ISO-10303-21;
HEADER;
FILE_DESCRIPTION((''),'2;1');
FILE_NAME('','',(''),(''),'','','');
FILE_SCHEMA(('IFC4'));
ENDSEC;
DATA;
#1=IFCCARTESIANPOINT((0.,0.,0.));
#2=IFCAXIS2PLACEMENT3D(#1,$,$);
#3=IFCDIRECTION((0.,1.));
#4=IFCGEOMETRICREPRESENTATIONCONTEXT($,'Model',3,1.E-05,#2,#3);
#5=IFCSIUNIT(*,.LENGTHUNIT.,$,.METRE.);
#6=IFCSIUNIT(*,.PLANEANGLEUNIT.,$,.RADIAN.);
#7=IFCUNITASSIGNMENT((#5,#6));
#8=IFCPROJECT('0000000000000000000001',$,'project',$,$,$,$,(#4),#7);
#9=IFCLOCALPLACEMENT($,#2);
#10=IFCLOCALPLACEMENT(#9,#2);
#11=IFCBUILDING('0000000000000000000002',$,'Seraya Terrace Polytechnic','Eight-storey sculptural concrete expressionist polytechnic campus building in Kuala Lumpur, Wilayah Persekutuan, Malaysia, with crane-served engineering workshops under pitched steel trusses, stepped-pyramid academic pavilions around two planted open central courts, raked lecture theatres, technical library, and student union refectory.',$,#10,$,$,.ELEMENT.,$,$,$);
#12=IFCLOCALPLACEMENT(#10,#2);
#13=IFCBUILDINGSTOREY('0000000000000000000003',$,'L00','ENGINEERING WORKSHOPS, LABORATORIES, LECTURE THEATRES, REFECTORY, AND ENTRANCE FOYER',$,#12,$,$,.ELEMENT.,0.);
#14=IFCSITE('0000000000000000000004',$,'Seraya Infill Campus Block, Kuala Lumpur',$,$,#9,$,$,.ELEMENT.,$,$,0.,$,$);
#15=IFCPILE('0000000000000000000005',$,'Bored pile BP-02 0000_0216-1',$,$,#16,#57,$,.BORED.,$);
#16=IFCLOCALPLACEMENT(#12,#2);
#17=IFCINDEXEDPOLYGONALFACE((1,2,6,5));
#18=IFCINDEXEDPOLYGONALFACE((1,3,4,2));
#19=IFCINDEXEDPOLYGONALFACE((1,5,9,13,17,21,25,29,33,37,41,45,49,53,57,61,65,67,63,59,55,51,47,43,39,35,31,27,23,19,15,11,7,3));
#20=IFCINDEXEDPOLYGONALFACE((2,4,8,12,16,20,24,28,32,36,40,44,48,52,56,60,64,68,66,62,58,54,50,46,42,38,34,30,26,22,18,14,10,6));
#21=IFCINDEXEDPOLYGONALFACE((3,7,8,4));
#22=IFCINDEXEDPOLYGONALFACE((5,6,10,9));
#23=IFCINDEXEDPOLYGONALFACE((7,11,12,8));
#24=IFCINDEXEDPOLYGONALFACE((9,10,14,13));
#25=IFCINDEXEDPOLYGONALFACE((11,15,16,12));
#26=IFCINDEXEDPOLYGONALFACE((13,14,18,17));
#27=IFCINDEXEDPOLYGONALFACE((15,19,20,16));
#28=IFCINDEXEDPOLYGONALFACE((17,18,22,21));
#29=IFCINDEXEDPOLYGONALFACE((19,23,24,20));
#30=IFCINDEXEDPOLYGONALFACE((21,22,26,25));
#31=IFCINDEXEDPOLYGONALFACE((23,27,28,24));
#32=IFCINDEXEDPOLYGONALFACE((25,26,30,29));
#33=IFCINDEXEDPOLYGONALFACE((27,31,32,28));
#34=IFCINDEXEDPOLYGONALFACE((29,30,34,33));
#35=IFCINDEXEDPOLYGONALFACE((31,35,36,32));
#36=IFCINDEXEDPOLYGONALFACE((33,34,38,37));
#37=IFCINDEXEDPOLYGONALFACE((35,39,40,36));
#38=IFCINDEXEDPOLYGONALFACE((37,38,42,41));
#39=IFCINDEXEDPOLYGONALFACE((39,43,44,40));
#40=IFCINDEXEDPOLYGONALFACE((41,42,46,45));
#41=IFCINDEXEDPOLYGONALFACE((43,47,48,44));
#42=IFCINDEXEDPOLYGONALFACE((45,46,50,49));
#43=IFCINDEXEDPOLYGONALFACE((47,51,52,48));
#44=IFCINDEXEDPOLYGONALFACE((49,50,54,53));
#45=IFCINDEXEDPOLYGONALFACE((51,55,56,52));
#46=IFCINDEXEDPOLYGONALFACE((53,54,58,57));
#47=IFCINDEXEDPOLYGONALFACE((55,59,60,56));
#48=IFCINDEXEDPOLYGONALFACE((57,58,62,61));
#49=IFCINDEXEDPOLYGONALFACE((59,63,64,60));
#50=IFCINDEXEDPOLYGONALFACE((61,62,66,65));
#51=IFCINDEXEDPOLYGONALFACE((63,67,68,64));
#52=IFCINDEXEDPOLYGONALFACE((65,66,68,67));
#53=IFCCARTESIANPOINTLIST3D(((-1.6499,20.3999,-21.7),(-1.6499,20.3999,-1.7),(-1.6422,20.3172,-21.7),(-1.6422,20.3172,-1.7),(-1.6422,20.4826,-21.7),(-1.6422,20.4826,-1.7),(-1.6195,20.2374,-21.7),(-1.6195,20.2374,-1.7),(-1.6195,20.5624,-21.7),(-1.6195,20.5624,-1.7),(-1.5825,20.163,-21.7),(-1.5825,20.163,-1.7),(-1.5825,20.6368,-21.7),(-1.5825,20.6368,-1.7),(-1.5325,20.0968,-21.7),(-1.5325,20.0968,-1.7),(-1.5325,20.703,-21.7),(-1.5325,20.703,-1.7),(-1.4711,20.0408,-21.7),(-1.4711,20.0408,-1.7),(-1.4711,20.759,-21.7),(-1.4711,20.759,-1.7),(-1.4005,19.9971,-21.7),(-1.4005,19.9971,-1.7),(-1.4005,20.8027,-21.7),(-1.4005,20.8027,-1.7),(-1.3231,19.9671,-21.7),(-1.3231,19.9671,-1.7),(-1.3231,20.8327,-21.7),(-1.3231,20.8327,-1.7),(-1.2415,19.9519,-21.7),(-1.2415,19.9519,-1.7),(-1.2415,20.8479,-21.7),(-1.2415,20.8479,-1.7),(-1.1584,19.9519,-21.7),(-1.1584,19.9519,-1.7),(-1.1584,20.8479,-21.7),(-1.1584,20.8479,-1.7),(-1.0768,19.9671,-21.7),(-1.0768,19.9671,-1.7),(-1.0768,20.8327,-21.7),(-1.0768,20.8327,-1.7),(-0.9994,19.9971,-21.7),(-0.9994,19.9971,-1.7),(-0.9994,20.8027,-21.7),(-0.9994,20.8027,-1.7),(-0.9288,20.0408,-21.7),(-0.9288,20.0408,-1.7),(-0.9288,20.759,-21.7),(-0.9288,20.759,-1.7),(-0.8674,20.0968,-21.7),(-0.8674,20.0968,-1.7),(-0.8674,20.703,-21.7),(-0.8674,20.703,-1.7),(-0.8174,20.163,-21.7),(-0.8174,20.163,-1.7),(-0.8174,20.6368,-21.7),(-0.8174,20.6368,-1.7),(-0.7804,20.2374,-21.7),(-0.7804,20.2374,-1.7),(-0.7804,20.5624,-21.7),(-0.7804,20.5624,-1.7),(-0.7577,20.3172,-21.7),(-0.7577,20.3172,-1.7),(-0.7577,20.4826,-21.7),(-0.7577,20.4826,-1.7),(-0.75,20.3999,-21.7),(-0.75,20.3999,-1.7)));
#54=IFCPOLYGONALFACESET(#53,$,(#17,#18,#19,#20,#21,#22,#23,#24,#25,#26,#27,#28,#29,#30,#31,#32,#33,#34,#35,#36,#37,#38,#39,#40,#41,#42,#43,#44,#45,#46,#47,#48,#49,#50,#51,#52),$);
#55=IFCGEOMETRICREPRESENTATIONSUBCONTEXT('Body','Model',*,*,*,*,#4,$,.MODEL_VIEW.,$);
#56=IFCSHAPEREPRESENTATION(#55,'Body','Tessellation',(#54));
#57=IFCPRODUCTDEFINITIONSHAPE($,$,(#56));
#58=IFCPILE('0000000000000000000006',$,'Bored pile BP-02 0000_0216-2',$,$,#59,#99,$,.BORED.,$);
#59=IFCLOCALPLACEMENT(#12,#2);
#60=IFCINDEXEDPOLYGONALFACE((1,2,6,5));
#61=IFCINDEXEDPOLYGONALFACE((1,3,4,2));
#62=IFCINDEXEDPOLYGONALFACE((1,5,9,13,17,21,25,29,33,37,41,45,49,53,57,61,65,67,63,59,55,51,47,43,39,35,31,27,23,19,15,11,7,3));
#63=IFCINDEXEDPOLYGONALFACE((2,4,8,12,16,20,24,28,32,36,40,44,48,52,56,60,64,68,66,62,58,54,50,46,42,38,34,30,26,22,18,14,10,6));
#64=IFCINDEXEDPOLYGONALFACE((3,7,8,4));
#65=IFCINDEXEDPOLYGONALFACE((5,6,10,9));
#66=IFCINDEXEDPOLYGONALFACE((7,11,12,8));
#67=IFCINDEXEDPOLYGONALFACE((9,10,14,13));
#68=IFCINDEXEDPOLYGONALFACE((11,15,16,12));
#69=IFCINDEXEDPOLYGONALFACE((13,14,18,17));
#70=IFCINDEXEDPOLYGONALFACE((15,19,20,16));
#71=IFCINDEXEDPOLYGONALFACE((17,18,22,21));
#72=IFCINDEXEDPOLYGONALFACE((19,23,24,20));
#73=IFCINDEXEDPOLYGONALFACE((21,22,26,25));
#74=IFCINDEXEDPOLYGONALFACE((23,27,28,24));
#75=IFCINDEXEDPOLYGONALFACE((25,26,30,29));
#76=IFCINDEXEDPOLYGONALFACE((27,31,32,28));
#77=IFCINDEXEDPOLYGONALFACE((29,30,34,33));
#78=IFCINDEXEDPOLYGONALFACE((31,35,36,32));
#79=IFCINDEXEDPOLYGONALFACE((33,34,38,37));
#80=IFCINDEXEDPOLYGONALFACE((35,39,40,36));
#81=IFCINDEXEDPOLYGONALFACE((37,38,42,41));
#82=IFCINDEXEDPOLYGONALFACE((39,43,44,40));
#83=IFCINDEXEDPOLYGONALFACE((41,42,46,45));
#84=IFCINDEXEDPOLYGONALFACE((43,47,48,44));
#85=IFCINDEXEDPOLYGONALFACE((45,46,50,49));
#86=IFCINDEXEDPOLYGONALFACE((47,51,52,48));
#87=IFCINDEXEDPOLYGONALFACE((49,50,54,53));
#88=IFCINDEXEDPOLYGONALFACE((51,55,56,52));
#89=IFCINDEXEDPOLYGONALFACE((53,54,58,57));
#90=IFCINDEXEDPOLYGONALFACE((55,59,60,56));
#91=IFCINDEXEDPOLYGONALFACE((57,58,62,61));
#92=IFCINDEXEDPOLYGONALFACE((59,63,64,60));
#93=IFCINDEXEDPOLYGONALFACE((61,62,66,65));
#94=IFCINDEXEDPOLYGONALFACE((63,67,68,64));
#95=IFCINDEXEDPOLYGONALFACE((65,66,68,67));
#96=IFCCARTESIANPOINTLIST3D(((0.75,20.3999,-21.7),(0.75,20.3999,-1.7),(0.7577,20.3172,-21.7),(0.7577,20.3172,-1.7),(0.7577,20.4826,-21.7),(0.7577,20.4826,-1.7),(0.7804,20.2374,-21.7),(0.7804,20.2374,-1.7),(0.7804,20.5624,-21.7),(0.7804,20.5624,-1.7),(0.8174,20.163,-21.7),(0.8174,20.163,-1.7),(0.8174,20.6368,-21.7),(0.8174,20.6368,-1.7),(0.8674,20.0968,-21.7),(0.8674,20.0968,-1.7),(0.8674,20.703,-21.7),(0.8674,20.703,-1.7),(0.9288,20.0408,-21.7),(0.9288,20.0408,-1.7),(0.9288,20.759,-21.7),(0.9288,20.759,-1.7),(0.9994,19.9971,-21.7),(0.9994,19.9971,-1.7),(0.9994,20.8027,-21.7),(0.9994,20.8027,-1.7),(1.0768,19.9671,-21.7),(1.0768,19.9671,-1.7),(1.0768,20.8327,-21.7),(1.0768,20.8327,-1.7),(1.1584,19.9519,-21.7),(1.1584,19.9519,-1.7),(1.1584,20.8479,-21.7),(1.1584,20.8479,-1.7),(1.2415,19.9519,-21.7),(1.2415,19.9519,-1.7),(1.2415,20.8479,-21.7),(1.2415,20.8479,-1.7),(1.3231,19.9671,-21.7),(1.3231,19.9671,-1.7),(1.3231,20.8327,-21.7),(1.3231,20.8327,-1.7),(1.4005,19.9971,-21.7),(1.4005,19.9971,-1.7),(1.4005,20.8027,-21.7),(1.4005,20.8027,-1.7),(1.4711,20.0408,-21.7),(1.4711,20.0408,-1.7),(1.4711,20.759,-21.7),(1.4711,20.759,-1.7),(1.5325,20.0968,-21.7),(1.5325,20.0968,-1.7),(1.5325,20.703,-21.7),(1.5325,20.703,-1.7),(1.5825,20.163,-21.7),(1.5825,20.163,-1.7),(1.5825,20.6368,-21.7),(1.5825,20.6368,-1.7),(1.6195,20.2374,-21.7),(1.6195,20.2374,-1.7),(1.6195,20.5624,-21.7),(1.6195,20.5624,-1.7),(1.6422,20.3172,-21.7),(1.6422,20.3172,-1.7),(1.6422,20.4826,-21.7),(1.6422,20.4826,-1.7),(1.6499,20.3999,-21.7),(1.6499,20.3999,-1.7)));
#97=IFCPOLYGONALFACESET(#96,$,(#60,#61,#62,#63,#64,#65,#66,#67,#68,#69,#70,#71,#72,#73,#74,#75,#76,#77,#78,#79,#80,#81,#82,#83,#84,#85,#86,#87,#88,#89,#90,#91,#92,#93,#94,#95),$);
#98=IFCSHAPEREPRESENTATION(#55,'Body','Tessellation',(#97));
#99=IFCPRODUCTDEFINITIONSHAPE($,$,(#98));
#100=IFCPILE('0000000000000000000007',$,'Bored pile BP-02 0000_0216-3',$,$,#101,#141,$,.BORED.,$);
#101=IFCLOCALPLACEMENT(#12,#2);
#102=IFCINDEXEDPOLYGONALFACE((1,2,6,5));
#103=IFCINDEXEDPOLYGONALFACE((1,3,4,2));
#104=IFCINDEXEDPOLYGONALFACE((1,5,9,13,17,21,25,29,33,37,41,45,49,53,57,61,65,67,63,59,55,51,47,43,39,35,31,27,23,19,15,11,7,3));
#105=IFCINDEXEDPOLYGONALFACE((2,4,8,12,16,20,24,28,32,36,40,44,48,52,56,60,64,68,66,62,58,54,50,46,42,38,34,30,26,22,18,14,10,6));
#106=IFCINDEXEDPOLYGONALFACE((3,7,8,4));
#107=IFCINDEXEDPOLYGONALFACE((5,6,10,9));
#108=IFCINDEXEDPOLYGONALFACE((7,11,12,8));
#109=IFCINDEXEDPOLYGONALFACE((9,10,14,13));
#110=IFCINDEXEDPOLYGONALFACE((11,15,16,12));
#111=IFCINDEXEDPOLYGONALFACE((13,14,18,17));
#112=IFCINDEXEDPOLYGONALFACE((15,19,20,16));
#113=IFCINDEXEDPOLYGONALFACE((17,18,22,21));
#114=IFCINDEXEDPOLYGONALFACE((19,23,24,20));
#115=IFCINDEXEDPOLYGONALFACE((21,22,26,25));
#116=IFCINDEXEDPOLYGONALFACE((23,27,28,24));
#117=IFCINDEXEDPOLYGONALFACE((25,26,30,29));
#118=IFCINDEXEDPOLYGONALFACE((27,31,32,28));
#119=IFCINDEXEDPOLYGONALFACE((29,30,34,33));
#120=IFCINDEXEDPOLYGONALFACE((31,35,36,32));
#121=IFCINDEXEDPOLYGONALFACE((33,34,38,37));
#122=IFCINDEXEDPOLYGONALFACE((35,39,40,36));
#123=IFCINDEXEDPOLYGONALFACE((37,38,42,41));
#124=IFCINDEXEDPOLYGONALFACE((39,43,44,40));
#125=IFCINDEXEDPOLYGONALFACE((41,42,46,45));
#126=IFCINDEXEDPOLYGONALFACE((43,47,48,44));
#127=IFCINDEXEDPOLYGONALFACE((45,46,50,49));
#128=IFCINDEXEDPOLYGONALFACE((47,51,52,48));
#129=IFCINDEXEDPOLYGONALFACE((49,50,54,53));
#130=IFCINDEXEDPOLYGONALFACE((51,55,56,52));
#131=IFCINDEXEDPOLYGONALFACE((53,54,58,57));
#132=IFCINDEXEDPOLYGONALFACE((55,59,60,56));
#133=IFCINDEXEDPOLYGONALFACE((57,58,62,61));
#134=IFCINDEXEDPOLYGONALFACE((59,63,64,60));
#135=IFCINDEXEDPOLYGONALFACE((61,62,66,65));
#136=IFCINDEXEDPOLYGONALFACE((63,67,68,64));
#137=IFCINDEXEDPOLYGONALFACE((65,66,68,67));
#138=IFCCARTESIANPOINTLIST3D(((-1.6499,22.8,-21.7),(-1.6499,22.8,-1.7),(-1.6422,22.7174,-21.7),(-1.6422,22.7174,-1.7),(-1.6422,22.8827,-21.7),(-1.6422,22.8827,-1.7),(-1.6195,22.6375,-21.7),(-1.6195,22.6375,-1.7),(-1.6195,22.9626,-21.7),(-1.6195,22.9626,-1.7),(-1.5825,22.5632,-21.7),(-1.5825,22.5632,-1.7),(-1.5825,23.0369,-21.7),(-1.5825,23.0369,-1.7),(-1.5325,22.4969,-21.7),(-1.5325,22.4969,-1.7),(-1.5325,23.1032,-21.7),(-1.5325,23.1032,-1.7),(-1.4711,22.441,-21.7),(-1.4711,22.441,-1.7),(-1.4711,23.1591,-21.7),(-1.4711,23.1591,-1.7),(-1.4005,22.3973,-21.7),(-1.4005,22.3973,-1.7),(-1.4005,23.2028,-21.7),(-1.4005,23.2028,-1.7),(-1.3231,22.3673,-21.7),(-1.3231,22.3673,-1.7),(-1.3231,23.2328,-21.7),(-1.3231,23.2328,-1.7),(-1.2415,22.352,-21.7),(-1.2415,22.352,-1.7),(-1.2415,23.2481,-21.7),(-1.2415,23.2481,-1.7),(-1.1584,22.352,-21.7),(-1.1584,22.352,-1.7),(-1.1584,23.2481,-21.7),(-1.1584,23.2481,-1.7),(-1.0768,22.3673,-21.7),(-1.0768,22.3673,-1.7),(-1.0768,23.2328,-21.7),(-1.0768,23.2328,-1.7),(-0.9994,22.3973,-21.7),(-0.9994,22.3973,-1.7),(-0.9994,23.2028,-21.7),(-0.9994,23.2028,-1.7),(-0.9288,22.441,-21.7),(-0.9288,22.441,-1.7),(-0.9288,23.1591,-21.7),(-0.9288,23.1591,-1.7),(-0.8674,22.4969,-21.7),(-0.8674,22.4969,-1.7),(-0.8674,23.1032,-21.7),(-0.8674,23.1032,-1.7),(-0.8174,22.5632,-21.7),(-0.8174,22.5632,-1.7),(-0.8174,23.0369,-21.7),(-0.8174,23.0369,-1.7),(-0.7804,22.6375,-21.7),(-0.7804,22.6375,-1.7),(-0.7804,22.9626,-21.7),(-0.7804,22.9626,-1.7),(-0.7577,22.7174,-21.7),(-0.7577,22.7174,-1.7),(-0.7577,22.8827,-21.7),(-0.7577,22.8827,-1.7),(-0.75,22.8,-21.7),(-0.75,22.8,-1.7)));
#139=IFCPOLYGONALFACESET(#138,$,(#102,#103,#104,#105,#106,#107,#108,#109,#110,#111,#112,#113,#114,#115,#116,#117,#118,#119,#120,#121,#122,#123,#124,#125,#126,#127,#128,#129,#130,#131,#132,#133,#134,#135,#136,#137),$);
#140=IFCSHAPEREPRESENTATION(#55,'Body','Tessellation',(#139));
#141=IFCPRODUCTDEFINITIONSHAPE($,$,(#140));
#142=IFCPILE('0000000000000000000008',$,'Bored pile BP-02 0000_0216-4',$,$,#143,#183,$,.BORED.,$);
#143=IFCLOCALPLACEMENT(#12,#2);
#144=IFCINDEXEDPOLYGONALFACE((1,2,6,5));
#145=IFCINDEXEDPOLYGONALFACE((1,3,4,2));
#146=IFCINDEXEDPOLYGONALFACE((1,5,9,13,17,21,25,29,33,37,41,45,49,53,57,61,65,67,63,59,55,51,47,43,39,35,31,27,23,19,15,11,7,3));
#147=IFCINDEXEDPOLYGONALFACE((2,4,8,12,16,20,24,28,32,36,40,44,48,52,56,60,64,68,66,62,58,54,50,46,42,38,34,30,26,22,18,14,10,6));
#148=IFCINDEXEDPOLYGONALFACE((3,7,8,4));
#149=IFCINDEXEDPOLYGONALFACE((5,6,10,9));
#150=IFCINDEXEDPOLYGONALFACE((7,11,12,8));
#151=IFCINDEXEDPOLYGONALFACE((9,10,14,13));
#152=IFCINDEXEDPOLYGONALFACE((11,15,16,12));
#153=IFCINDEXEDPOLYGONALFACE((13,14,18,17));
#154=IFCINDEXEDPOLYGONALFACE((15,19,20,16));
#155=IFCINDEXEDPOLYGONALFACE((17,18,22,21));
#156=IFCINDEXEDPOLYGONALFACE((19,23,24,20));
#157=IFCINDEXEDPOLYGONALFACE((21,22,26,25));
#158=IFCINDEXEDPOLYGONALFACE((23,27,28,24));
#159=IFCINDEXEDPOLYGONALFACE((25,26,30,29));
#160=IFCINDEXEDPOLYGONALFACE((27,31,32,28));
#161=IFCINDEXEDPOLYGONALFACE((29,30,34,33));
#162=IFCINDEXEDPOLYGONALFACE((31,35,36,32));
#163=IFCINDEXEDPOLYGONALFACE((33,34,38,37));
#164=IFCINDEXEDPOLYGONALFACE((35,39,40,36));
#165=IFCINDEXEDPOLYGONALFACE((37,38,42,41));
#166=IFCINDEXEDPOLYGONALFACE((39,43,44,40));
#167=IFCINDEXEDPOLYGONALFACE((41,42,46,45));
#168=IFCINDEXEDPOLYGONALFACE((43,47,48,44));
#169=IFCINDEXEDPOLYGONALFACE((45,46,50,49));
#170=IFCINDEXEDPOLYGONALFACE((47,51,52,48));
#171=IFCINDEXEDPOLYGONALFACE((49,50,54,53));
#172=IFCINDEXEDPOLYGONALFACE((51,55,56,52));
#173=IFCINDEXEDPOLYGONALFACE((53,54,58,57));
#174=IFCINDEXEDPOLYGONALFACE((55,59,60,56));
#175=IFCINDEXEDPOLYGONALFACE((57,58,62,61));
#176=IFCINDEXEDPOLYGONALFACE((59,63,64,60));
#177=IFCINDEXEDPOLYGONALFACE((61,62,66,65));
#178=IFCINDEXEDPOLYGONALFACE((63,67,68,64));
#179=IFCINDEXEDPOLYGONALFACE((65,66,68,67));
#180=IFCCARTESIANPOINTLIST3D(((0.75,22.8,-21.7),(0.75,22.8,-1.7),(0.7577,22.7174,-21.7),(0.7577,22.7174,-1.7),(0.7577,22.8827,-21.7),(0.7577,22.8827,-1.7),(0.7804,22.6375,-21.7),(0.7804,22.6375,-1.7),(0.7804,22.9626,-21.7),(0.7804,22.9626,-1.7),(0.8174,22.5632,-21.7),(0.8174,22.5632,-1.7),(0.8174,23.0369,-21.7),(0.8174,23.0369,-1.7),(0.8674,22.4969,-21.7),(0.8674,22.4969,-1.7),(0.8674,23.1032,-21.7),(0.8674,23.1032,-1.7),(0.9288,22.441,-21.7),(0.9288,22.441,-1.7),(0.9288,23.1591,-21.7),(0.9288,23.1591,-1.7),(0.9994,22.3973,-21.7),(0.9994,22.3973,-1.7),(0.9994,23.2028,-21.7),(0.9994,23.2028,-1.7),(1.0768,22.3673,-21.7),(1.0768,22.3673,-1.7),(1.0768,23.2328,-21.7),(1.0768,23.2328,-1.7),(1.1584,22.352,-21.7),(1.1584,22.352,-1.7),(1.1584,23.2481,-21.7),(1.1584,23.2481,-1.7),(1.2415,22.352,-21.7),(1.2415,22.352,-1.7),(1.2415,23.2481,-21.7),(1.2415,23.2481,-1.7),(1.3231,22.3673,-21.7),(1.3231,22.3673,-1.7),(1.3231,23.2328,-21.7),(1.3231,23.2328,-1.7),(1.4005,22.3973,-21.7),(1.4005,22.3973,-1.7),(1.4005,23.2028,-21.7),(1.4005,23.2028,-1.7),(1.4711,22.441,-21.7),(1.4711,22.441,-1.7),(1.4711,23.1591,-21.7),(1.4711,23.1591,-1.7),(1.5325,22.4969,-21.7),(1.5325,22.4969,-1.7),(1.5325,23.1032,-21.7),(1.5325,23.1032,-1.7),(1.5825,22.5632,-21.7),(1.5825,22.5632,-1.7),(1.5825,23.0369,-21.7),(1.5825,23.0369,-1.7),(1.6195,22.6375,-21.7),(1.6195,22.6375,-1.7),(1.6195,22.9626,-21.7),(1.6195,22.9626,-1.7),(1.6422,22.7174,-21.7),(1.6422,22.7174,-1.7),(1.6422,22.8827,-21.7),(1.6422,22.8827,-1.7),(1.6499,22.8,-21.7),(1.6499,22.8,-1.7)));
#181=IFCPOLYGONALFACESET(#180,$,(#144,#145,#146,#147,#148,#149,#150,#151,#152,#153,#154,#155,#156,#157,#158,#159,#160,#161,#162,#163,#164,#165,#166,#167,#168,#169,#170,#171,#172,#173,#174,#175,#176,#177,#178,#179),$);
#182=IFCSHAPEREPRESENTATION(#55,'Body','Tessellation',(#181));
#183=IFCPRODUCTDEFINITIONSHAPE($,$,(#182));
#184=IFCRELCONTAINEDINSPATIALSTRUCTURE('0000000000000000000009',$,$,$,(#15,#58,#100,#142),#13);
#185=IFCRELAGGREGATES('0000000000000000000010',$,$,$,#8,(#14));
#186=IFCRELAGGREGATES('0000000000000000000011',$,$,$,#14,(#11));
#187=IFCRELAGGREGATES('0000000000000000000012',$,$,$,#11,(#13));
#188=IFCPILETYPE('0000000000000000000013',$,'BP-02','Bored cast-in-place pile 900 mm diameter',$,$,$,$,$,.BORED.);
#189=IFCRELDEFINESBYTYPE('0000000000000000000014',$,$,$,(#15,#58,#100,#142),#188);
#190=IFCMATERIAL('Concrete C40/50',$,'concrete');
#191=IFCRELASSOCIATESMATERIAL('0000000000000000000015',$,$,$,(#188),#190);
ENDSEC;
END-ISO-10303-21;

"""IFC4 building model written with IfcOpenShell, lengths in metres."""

from ifc_helpers import new_model, si_unit, direction, frame, origin, origin_2d, place, context, subcontext, project, spatial, circle, extrude, material, material_profile, profile_set, type_object, element, save


model = new_model("IFC4")

# Units and contexts
model_context = context("Model", 3, precision=1e-05, world=origin(), true_north=direction((0.0, 1.0)))
body_context = subcontext(model_context, "Body", "Model", "MODEL_VIEW")
ifc_project = project(units=[si_unit("LENGTHUNIT", "METRE"), si_unit("PLANEANGLEUNIT", "RADIAN")], contexts=[model_context])

# Site, building, storey
site_placement = place(None, origin())
site = spatial("IfcSite", under=ifc_project, at=site_placement, Name="Seraya Infill Campus Block, Kuala Lumpur", CompositionType="ELEMENT", RefElevation=0.0)
building_placement = place(site_placement, origin())
building = spatial("IfcBuilding", under=site, at=building_placement, Name="Seraya Terrace Polytechnic", Description="Eight-storey sculptural concrete expressionist polytechnic campus building in Kuala Lumpur, Wilayah Persekutuan, Malaysia, with crane-served engineering workshops under pitched steel trusses, stepped-pyramid academic pavilions around two planted open central courts, raked lecture theatres, technical library, and student union refectory.", CompositionType="ELEMENT")
storey_placement = place(building_placement, origin())
storey = spatial("IfcBuildingStorey", under=building, at=storey_placement, Name="L00", Description="ENGINEERING WORKSHOPS, LABORATORIES, LECTURE THEATRES, REFECTORY, AND ENTRANCE FOYER", CompositionType="ELEMENT", Elevation=0.0)

# Piles
ifc_material_1 = material(Name="Concrete C40/50", Category="concrete")
ifc_material_profile_1 = material_profile(ifc_material_1, circle(Radius=0.45, at=origin_2d()), Name="DIA 900")
ifc_profile_set_1 = profile_set([ifc_material_profile_1], Name="Concrete C40/50")
pile_type = type_object("IfcPileType", Name="BP-02", Description="Bored cast-in-place pile 900 mm diameter", PredefinedType="BORED", material=ifc_profile_set_1)
for number, where, z_axis, x_axis, name in (
    (1, (-1.2, 20.3999, -1.7), (0.0, 0.0, -1.0), (1.0, 0.0, 0.0), "Bored pile BP-02 0000_0216-1"),
    (2, (1.2, 20.3999, -1.7), (0.0, 0.0, -1.0), (1.0, 0.0, 0.0), "Bored pile BP-02 0000_0216-2"),
    (3, (-1.2, 22.8, -1.7), (0.0, 0.0, -1.0), (1.0, 0.0, 0.0), "Bored pile BP-02 0000_0216-3"),
    (4, (1.2, 22.8, -1.7), (0.0, 0.0, -1.0), (1.0, 0.0, 0.0), "Bored pile BP-02 0000_0216-4"),
):
    element("IfcPile", number, at=place(storey_placement, frame(where, z_axis=z_axis, x_axis=x_axis)), inside=storey, type_object=pile_type, Name=name, PredefinedType="BORED", context=body_context, shape_type="SweptSolid", body=[
        extrude(circle(Radius=0.45, at=origin_2d()), origin(), (0.0, 0.0, 1.0), 20.0),
    ])

save(model, "model.ifc")
